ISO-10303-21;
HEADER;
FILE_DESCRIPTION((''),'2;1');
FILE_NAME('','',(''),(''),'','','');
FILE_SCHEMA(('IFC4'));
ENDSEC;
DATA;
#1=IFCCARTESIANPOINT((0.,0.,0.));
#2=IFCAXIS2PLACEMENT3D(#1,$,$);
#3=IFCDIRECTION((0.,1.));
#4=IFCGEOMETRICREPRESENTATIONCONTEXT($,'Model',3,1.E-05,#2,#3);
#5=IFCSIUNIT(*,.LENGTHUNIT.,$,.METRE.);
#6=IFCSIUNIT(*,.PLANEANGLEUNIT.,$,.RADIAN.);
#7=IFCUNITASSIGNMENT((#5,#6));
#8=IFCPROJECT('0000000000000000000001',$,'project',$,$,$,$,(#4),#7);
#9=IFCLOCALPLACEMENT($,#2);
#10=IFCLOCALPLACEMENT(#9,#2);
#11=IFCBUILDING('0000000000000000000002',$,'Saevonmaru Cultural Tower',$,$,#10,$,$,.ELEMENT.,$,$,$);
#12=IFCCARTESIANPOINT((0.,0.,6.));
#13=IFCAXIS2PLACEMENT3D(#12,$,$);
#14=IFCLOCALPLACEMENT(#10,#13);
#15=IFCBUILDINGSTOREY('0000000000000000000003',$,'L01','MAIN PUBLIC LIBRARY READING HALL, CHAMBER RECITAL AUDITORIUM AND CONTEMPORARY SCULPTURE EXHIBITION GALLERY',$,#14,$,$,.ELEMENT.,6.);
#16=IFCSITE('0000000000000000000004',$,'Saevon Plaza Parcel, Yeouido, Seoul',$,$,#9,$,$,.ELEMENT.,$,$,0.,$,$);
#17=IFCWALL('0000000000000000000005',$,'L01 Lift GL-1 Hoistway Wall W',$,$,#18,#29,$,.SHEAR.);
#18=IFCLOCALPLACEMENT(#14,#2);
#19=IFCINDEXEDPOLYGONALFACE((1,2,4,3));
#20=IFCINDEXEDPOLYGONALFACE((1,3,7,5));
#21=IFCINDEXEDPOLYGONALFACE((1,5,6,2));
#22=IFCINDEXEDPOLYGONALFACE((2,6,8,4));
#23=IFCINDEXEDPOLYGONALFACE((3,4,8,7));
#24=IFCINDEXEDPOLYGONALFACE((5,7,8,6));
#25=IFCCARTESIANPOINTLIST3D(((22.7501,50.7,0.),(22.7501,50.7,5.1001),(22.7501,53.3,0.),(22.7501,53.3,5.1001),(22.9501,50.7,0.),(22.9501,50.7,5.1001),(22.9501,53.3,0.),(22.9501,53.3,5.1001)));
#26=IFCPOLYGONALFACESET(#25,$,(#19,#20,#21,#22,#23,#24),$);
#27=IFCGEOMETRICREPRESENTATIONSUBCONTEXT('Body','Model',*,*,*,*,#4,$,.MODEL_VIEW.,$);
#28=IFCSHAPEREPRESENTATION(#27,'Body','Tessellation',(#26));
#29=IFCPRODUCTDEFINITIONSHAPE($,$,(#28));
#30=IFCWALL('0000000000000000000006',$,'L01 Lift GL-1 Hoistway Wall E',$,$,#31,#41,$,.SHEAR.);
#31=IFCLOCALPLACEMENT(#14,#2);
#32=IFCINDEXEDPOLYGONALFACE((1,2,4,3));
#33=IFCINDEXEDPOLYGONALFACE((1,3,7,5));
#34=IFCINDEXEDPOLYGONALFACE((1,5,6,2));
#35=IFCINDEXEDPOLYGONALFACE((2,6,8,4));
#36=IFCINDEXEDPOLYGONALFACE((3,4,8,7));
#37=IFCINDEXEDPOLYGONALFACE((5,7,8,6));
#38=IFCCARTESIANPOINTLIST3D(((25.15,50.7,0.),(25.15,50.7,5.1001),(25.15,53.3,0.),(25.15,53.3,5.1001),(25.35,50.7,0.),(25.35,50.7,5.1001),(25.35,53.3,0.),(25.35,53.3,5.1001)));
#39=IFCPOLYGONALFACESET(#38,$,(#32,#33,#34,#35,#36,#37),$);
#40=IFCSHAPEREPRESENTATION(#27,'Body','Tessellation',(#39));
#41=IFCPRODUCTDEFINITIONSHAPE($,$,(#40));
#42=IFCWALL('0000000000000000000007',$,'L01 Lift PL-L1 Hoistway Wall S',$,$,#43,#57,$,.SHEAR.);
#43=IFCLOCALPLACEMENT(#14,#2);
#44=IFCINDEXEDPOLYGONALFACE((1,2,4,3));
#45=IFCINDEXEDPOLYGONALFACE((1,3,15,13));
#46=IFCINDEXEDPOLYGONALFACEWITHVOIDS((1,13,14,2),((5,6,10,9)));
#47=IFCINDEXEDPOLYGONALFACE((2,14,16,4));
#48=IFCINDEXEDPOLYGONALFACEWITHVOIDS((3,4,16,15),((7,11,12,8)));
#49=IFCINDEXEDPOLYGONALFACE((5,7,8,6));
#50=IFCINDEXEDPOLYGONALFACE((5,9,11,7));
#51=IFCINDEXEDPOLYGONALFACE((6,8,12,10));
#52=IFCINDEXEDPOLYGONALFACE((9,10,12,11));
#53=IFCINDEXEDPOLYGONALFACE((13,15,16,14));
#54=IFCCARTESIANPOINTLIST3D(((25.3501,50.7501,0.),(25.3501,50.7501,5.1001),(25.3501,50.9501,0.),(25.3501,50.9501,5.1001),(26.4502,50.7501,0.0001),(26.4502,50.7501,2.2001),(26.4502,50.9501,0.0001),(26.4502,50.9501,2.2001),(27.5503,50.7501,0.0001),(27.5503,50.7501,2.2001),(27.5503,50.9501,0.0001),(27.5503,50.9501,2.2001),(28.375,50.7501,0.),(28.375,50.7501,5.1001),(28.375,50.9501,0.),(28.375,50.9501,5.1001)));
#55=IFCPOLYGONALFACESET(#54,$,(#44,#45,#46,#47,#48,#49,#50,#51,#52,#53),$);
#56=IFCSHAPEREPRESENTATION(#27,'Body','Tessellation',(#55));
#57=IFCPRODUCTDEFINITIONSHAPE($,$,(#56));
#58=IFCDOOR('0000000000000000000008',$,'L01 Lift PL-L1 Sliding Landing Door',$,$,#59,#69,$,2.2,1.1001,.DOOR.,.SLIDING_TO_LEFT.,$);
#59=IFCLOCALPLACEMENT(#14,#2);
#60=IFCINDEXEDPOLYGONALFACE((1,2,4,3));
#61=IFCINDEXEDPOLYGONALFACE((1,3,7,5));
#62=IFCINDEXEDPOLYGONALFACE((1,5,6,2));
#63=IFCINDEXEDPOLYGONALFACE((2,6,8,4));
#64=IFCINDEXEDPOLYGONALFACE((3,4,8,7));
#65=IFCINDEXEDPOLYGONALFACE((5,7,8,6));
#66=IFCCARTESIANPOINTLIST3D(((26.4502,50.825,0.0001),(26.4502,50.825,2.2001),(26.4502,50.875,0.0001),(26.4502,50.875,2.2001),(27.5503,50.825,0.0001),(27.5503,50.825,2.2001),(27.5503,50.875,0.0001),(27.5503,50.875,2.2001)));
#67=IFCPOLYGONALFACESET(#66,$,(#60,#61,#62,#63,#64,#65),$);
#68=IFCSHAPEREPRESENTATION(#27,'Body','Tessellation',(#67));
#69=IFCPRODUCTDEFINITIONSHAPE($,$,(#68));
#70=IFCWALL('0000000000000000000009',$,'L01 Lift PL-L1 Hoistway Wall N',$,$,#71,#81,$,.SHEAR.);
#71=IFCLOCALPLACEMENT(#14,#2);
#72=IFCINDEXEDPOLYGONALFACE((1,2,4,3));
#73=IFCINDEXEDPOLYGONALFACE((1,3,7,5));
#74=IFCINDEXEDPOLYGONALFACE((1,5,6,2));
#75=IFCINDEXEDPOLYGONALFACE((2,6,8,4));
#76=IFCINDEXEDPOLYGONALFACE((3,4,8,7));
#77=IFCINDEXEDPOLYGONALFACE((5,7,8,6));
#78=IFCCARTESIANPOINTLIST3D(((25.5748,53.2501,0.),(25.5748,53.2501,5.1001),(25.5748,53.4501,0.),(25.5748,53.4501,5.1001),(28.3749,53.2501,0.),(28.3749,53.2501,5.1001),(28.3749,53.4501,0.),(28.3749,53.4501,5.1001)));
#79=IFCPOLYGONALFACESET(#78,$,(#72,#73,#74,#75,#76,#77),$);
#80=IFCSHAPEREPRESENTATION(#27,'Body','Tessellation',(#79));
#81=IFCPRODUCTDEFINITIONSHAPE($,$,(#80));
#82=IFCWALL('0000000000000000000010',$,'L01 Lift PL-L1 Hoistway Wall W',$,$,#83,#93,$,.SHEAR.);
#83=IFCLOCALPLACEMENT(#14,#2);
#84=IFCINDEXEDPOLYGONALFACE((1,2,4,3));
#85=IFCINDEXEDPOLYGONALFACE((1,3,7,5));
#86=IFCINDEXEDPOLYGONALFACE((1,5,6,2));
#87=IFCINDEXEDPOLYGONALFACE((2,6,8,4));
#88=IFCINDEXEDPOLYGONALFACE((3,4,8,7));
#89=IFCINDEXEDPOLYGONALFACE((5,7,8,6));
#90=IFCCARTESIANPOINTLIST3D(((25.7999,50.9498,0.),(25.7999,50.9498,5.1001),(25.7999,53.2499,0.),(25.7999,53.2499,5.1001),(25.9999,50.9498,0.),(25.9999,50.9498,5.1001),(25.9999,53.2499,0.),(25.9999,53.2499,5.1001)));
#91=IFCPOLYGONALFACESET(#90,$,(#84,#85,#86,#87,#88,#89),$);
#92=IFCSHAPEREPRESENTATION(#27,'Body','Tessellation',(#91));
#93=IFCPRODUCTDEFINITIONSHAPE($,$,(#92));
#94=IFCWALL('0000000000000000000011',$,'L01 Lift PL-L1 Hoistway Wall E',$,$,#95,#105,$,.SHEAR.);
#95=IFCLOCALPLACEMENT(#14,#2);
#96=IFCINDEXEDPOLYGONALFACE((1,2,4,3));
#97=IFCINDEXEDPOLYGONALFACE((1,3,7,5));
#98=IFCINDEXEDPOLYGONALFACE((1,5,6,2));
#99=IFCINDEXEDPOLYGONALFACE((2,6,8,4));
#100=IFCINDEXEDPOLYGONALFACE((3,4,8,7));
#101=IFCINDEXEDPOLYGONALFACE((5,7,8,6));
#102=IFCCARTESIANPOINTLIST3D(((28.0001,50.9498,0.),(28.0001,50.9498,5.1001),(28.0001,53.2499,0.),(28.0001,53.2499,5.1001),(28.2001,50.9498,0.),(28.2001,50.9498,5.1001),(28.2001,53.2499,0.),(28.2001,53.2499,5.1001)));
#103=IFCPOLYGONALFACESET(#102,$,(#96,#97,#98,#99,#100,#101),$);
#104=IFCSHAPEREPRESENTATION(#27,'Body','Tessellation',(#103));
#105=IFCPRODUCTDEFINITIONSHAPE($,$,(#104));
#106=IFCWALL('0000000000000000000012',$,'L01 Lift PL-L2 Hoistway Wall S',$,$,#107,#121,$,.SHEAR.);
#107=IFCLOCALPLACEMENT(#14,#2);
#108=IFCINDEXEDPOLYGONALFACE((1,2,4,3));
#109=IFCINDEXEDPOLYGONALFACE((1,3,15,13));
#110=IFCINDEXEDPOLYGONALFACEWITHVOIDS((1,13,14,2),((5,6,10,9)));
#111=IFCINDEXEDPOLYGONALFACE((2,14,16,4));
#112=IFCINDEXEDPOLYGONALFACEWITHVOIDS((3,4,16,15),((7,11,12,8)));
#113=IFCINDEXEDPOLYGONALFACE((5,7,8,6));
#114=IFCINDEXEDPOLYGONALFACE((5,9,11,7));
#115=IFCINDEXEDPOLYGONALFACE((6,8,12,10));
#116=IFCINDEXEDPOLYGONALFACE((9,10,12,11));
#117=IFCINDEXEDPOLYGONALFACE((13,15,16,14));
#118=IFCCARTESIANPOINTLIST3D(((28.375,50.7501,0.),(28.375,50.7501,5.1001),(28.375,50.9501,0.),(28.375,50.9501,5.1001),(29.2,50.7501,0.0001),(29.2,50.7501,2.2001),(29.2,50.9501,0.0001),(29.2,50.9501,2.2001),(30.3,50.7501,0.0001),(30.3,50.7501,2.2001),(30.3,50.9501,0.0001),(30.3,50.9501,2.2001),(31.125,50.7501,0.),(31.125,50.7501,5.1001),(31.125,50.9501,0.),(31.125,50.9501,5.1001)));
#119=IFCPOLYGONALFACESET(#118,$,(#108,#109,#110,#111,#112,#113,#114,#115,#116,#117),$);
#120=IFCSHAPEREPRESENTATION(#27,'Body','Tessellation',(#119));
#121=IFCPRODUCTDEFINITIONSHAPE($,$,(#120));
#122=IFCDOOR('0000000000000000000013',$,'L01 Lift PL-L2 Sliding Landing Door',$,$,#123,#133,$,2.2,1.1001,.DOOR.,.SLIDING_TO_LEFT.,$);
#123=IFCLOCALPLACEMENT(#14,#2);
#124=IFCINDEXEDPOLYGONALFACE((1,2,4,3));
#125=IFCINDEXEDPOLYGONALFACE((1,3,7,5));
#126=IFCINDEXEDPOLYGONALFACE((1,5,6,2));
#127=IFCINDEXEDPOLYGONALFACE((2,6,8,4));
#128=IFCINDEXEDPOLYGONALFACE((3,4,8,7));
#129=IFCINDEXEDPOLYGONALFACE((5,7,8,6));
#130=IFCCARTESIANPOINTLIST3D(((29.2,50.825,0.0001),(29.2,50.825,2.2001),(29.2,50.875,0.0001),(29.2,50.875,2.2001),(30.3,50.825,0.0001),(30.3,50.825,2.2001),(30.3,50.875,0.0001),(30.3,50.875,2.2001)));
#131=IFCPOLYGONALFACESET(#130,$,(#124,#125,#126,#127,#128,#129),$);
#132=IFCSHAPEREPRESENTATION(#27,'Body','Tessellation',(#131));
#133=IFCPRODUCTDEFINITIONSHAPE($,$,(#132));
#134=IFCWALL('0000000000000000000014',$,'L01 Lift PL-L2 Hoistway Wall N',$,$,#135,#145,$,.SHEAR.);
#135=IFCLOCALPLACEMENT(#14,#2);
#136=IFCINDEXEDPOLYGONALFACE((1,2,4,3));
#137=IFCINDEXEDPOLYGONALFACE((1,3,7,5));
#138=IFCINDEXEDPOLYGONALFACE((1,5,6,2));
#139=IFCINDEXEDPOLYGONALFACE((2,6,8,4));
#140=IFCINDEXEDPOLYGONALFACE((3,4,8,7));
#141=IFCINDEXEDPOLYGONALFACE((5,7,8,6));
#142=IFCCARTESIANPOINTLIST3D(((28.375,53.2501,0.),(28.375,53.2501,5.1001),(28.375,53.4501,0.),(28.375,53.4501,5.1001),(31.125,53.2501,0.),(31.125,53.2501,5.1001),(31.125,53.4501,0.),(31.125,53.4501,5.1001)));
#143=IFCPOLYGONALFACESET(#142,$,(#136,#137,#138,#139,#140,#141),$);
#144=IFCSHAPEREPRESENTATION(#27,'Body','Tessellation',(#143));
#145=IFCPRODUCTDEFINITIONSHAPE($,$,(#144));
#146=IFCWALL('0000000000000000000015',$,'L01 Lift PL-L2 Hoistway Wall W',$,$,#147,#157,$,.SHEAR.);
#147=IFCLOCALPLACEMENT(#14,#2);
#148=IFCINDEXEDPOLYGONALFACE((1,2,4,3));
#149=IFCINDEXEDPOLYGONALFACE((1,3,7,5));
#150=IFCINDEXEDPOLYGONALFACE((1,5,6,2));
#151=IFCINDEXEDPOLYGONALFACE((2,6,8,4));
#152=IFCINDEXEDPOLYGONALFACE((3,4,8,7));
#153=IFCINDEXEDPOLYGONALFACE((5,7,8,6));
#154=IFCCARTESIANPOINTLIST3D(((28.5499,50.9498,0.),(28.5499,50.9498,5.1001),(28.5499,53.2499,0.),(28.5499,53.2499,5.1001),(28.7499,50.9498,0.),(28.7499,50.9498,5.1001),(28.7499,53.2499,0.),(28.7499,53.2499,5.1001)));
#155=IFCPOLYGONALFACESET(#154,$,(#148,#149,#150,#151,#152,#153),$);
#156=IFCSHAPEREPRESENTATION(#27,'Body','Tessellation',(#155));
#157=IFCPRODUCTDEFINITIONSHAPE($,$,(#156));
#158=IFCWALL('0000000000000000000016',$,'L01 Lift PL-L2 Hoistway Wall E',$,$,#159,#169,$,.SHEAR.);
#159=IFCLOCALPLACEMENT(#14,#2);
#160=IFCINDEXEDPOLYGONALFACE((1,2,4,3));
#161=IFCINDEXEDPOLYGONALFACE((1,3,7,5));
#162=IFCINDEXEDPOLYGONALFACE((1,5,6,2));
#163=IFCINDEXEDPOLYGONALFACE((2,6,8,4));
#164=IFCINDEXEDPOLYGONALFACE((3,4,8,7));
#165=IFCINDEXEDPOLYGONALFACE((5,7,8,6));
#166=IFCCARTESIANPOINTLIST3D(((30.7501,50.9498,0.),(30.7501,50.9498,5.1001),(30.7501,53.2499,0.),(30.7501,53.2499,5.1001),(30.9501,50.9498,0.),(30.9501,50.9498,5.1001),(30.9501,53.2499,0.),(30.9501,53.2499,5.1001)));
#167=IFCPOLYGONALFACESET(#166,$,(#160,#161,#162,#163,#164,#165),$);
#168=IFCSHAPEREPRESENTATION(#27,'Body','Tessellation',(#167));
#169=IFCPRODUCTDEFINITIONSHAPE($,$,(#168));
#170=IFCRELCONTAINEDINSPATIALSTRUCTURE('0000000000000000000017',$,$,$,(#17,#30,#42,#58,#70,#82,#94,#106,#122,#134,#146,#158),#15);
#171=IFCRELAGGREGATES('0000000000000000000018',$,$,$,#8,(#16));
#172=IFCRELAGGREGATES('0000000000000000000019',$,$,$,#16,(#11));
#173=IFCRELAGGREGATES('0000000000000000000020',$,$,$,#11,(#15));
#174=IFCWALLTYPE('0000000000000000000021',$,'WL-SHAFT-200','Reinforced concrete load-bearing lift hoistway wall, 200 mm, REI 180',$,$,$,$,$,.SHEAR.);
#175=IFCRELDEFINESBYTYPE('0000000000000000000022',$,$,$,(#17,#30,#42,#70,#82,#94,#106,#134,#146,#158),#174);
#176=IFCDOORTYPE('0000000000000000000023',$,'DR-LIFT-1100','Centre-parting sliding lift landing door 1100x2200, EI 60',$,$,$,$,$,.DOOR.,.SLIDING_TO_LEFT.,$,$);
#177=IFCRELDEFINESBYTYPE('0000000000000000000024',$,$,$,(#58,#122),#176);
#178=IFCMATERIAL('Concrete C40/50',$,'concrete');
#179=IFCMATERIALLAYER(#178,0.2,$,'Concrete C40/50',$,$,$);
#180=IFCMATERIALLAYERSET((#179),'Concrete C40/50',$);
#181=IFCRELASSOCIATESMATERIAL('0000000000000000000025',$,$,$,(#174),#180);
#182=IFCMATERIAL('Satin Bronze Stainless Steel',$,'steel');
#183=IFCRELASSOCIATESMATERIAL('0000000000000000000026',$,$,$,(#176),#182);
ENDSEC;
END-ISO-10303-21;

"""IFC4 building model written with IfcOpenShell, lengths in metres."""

from ifc_helpers import new_model, si_unit, direction, frame, frame_2d, origin, place, context, subcontext, project, spatial, rectangle, extrude, material, layer, layer_set, type_object, element, fill, save


model = new_model("IFC4")

# Units and contexts
model_context = context("Model", 3, precision=1e-05, world=origin(), true_north=direction((0.0, 1.0)))
body_context = subcontext(model_context, "Body", "Model", "MODEL_VIEW")
ifc_project = project(units=[si_unit("LENGTHUNIT", "METRE"), si_unit("PLANEANGLEUNIT", "RADIAN")], contexts=[model_context])

# Site, building, storey
site_placement = place(None, origin())
site = spatial("IfcSite", under=ifc_project, at=site_placement, Name="Saevon Plaza Parcel, Yeouido, Seoul", CompositionType="ELEMENT", RefElevation=0.0)
building_placement = place(site_placement, origin())
building = spatial("IfcBuilding", under=site, at=building_placement, Name="Saevonmaru Cultural Tower", CompositionType="ELEMENT")
storey_placement = place(building_placement, frame((0.0, 0.0, 6.0)))
storey = spatial("IfcBuildingStorey", under=building, at=storey_placement, Name="L01", Description="MAIN PUBLIC LIBRARY READING HALL, CHAMBER RECITAL AUDITORIUM AND CONTEMPORARY SCULPTURE EXHIBITION GALLERY", CompositionType="ELEMENT", Elevation=6.0)

# Walls
ifc_material_1 = material(Name="Concrete C40/50", Category="concrete")
ifc_layer_1 = layer(ifc_material_1, 0.2, Name="Concrete C40/50")
ifc_layer_set_1 = layer_set([ifc_layer_1], Name="Concrete C40/50")
wall_type_1 = type_object("IfcWallType", Name="WL-SHAFT-200", Description="Reinforced concrete load-bearing lift hoistway wall, 200 mm, REI 180", PredefinedType="SHEAR", material=ifc_layer_set_1)
for number, where, z_axis, x_axis, name in (
    (1, (22.8501, 50.7, 0.0), (0.0, 0.0, 1.0), (0.0, 1.0, 0.0), "L01 Lift GL-1 Hoistway Wall W"),
    (2, (25.25, 50.7, 0.0), (0.0, 0.0, 1.0), (0.0, 1.0, 0.0), "L01 Lift GL-1 Hoistway Wall E"),
):
    element("IfcWall", number, at=place(storey_placement, frame(where, z_axis=z_axis, x_axis=x_axis)), inside=storey, type_object=wall_type_1, Name=name, PredefinedType="SHEAR", context=body_context, shape_type="SweptSolid", body=[
        extrude(rectangle(XDim=2.6001, YDim=0.2, at=frame_2d((1.3, 0.0))), origin(), (0.0, 0.0, 1.0), 5.1001),
    ])

# Wall, opening, door
wall_1_placement = place(storey_placement, frame((25.3501, 50.8501, 0.0), z_axis=(0.0, 0.0, 1.0), x_axis=(1.0, 0.0, 0.0)))
wall_1 = element("IfcWall", 3, at=wall_1_placement, inside=storey, type_object=wall_type_1, Name="L01 Lift PL-L1 Hoistway Wall S", PredefinedType="SHEAR", context=body_context, shape_type="SweptSolid", body=[
    extrude(rectangle(XDim=3.0249, YDim=0.2, at=frame_2d((1.5125, 0.0))), origin(), (0.0, 0.0, 1.0), 5.1001),
])
opening_1_placement = place(wall_1_placement, frame((1.1001, 0.0, 0.0)))
opening_1 = element("IfcOpeningElement", 4, at=opening_1_placement, cuts=wall_1, PredefinedType="OPENING", context=body_context, shape_type="SweptSolid", body=[
    extrude(rectangle(XDim=1.1001, YDim=2.2, at=frame_2d((0.55, 1.1001))), frame((0.0, 0.1099, 0.0), z_axis=(0.0, -1.0, 0.0), x_axis=(1.0, 0.0, 0.0)), (0.0, 0.0, 1.0), 0.22),
])
ifc_material_2 = material(Name="Satin Bronze Stainless Steel", Category="steel")
door_type_1 = type_object("IfcDoorType", Name="DR-LIFT-1100", Description="Centre-parting sliding lift landing door 1100x2200, EI 60", OperationType="SLIDING_TO_LEFT", PredefinedType="DOOR", material=ifc_material_2)
door_1_placement = place(opening_1_placement, origin())
door_1 = element("IfcDoor", 5, at=door_1_placement, inside=storey, type_object=door_type_1, Name="L01 Lift PL-L1 Sliding Landing Door", OperationType="SLIDING_TO_LEFT", OverallHeight=2.2, OverallWidth=1.1001, PredefinedType="DOOR", context=body_context, shape_type="SweptSolid", body=[
    extrude(rectangle(XDim=1.1001, YDim=2.2, at=frame_2d((0.55, 1.1001))), frame((0.0, 0.0249, 0.0), z_axis=(0.0, -1.0, 0.0), x_axis=(1.0, 0.0, 0.0)), (0.0, 0.0, 1.0), 0.05),
])
fill(opening_1, door_1)

# Walls
wall_2_placement = place(storey_placement, frame((25.575, 53.3501, 0.0), z_axis=(0.0, 0.0, 1.0), x_axis=(1.0, 0.0, 0.0)))
element("IfcWall", 6, at=wall_2_placement, inside=storey, type_object=wall_type_1, Name="L01 Lift PL-L1 Hoistway Wall N", PredefinedType="SHEAR", context=body_context, shape_type="SweptSolid", body=[
    extrude(rectangle(XDim=2.8, YDim=0.2, at=frame_2d((1.3999, 0.0))), origin(), (0.0, 0.0, 1.0), 5.1001),
])
for number, where, z_axis, x_axis, name in (
    (7, (25.8999, 50.95, 0.0), (0.0, 0.0, 1.0), (0.0, 1.0, 0.0), "L01 Lift PL-L1 Hoistway Wall W"),
    (8, (28.1001, 50.95, 0.0), (0.0, 0.0, 1.0), (0.0, 1.0, 0.0), "L01 Lift PL-L1 Hoistway Wall E"),
):
    element("IfcWall", number, at=place(storey_placement, frame(where, z_axis=z_axis, x_axis=x_axis)), inside=storey, type_object=wall_type_1, Name=name, PredefinedType="SHEAR", context=body_context, shape_type="SweptSolid", body=[
        extrude(rectangle(XDim=2.3, YDim=0.2, at=frame_2d((1.1499, 0.0))), origin(), (0.0, 0.0, 1.0), 5.1001),
    ])

# Wall, opening, door
wall_3_placement = place(storey_placement, frame((28.375, 50.8501, 0.0), z_axis=(0.0, 0.0, 1.0), x_axis=(1.0, 0.0, 0.0)))
wall_3 = element("IfcWall", 9, at=wall_3_placement, inside=storey, type_object=wall_type_1, Name="L01 Lift PL-L2 Hoistway Wall S", PredefinedType="SHEAR", context=body_context, shape_type="SweptSolid", body=[
    extrude(rectangle(XDim=2.75, YDim=0.2, at=frame_2d((1.375, 0.0))), origin(), (0.0, 0.0, 1.0), 5.1001),
])
opening_2_placement = place(wall_3_placement, frame((0.825, 0.0, 0.0)))
opening_2 = element("IfcOpeningElement", 10, at=opening_2_placement, cuts=wall_3, PredefinedType="OPENING", context=body_context, shape_type="SweptSolid", body=[
    extrude(rectangle(XDim=1.1001, YDim=2.2, at=frame_2d((0.55, 1.1001))), frame((0.0, 0.1099, 0.0), z_axis=(0.0, -1.0, 0.0), x_axis=(1.0, 0.0, 0.0)), (0.0, 0.0, 1.0), 0.22),
])
door_2_placement = place(opening_2_placement, origin())
door_2 = element("IfcDoor", 11, at=door_2_placement, inside=storey, type_object=door_type_1, Name="L01 Lift PL-L2 Sliding Landing Door", OperationType="SLIDING_TO_LEFT", OverallHeight=2.2, OverallWidth=1.1001, PredefinedType="DOOR", context=body_context, shape_type="SweptSolid", body=[
    extrude(rectangle(XDim=1.1001, YDim=2.2, at=frame_2d((0.55, 1.1001))), frame((0.0, 0.0249, 0.0), z_axis=(0.0, -1.0, 0.0), x_axis=(1.0, 0.0, 0.0)), (0.0, 0.0, 1.0), 0.05),
])
fill(opening_2, door_2)

# Walls
wall_4_placement = place(storey_placement, frame((28.375, 53.3501, 0.0), z_axis=(0.0, 0.0, 1.0), x_axis=(1.0, 0.0, 0.0)))
element("IfcWall", 12, at=wall_4_placement, inside=storey, type_object=wall_type_1, Name="L01 Lift PL-L2 Hoistway Wall N", PredefinedType="SHEAR", context=body_context, shape_type="SweptSolid", body=[
    extrude(rectangle(XDim=2.75, YDim=0.2, at=frame_2d((1.375, 0.0))), origin(), (0.0, 0.0, 1.0), 5.1001),
])
for number, where, z_axis, x_axis, name in (
    (13, (28.6499, 50.95, 0.0), (0.0, 0.0, 1.0), (0.0, 1.0, 0.0), "L01 Lift PL-L2 Hoistway Wall W"),
    (14, (30.8501, 50.95, 0.0), (0.0, 0.0, 1.0), (0.0, 1.0, 0.0), "L01 Lift PL-L2 Hoistway Wall E"),
):
    element("IfcWall", number, at=place(storey_placement, frame(where, z_axis=z_axis, x_axis=x_axis)), inside=storey, type_object=wall_type_1, Name=name, PredefinedType="SHEAR", context=body_context, shape_type="SweptSolid", body=[
        extrude(rectangle(XDim=2.3, YDim=0.2, at=frame_2d((1.1499, 0.0))), origin(), (0.0, 0.0, 1.0), 5.1001),
    ])

save(model, "model.ifc")
